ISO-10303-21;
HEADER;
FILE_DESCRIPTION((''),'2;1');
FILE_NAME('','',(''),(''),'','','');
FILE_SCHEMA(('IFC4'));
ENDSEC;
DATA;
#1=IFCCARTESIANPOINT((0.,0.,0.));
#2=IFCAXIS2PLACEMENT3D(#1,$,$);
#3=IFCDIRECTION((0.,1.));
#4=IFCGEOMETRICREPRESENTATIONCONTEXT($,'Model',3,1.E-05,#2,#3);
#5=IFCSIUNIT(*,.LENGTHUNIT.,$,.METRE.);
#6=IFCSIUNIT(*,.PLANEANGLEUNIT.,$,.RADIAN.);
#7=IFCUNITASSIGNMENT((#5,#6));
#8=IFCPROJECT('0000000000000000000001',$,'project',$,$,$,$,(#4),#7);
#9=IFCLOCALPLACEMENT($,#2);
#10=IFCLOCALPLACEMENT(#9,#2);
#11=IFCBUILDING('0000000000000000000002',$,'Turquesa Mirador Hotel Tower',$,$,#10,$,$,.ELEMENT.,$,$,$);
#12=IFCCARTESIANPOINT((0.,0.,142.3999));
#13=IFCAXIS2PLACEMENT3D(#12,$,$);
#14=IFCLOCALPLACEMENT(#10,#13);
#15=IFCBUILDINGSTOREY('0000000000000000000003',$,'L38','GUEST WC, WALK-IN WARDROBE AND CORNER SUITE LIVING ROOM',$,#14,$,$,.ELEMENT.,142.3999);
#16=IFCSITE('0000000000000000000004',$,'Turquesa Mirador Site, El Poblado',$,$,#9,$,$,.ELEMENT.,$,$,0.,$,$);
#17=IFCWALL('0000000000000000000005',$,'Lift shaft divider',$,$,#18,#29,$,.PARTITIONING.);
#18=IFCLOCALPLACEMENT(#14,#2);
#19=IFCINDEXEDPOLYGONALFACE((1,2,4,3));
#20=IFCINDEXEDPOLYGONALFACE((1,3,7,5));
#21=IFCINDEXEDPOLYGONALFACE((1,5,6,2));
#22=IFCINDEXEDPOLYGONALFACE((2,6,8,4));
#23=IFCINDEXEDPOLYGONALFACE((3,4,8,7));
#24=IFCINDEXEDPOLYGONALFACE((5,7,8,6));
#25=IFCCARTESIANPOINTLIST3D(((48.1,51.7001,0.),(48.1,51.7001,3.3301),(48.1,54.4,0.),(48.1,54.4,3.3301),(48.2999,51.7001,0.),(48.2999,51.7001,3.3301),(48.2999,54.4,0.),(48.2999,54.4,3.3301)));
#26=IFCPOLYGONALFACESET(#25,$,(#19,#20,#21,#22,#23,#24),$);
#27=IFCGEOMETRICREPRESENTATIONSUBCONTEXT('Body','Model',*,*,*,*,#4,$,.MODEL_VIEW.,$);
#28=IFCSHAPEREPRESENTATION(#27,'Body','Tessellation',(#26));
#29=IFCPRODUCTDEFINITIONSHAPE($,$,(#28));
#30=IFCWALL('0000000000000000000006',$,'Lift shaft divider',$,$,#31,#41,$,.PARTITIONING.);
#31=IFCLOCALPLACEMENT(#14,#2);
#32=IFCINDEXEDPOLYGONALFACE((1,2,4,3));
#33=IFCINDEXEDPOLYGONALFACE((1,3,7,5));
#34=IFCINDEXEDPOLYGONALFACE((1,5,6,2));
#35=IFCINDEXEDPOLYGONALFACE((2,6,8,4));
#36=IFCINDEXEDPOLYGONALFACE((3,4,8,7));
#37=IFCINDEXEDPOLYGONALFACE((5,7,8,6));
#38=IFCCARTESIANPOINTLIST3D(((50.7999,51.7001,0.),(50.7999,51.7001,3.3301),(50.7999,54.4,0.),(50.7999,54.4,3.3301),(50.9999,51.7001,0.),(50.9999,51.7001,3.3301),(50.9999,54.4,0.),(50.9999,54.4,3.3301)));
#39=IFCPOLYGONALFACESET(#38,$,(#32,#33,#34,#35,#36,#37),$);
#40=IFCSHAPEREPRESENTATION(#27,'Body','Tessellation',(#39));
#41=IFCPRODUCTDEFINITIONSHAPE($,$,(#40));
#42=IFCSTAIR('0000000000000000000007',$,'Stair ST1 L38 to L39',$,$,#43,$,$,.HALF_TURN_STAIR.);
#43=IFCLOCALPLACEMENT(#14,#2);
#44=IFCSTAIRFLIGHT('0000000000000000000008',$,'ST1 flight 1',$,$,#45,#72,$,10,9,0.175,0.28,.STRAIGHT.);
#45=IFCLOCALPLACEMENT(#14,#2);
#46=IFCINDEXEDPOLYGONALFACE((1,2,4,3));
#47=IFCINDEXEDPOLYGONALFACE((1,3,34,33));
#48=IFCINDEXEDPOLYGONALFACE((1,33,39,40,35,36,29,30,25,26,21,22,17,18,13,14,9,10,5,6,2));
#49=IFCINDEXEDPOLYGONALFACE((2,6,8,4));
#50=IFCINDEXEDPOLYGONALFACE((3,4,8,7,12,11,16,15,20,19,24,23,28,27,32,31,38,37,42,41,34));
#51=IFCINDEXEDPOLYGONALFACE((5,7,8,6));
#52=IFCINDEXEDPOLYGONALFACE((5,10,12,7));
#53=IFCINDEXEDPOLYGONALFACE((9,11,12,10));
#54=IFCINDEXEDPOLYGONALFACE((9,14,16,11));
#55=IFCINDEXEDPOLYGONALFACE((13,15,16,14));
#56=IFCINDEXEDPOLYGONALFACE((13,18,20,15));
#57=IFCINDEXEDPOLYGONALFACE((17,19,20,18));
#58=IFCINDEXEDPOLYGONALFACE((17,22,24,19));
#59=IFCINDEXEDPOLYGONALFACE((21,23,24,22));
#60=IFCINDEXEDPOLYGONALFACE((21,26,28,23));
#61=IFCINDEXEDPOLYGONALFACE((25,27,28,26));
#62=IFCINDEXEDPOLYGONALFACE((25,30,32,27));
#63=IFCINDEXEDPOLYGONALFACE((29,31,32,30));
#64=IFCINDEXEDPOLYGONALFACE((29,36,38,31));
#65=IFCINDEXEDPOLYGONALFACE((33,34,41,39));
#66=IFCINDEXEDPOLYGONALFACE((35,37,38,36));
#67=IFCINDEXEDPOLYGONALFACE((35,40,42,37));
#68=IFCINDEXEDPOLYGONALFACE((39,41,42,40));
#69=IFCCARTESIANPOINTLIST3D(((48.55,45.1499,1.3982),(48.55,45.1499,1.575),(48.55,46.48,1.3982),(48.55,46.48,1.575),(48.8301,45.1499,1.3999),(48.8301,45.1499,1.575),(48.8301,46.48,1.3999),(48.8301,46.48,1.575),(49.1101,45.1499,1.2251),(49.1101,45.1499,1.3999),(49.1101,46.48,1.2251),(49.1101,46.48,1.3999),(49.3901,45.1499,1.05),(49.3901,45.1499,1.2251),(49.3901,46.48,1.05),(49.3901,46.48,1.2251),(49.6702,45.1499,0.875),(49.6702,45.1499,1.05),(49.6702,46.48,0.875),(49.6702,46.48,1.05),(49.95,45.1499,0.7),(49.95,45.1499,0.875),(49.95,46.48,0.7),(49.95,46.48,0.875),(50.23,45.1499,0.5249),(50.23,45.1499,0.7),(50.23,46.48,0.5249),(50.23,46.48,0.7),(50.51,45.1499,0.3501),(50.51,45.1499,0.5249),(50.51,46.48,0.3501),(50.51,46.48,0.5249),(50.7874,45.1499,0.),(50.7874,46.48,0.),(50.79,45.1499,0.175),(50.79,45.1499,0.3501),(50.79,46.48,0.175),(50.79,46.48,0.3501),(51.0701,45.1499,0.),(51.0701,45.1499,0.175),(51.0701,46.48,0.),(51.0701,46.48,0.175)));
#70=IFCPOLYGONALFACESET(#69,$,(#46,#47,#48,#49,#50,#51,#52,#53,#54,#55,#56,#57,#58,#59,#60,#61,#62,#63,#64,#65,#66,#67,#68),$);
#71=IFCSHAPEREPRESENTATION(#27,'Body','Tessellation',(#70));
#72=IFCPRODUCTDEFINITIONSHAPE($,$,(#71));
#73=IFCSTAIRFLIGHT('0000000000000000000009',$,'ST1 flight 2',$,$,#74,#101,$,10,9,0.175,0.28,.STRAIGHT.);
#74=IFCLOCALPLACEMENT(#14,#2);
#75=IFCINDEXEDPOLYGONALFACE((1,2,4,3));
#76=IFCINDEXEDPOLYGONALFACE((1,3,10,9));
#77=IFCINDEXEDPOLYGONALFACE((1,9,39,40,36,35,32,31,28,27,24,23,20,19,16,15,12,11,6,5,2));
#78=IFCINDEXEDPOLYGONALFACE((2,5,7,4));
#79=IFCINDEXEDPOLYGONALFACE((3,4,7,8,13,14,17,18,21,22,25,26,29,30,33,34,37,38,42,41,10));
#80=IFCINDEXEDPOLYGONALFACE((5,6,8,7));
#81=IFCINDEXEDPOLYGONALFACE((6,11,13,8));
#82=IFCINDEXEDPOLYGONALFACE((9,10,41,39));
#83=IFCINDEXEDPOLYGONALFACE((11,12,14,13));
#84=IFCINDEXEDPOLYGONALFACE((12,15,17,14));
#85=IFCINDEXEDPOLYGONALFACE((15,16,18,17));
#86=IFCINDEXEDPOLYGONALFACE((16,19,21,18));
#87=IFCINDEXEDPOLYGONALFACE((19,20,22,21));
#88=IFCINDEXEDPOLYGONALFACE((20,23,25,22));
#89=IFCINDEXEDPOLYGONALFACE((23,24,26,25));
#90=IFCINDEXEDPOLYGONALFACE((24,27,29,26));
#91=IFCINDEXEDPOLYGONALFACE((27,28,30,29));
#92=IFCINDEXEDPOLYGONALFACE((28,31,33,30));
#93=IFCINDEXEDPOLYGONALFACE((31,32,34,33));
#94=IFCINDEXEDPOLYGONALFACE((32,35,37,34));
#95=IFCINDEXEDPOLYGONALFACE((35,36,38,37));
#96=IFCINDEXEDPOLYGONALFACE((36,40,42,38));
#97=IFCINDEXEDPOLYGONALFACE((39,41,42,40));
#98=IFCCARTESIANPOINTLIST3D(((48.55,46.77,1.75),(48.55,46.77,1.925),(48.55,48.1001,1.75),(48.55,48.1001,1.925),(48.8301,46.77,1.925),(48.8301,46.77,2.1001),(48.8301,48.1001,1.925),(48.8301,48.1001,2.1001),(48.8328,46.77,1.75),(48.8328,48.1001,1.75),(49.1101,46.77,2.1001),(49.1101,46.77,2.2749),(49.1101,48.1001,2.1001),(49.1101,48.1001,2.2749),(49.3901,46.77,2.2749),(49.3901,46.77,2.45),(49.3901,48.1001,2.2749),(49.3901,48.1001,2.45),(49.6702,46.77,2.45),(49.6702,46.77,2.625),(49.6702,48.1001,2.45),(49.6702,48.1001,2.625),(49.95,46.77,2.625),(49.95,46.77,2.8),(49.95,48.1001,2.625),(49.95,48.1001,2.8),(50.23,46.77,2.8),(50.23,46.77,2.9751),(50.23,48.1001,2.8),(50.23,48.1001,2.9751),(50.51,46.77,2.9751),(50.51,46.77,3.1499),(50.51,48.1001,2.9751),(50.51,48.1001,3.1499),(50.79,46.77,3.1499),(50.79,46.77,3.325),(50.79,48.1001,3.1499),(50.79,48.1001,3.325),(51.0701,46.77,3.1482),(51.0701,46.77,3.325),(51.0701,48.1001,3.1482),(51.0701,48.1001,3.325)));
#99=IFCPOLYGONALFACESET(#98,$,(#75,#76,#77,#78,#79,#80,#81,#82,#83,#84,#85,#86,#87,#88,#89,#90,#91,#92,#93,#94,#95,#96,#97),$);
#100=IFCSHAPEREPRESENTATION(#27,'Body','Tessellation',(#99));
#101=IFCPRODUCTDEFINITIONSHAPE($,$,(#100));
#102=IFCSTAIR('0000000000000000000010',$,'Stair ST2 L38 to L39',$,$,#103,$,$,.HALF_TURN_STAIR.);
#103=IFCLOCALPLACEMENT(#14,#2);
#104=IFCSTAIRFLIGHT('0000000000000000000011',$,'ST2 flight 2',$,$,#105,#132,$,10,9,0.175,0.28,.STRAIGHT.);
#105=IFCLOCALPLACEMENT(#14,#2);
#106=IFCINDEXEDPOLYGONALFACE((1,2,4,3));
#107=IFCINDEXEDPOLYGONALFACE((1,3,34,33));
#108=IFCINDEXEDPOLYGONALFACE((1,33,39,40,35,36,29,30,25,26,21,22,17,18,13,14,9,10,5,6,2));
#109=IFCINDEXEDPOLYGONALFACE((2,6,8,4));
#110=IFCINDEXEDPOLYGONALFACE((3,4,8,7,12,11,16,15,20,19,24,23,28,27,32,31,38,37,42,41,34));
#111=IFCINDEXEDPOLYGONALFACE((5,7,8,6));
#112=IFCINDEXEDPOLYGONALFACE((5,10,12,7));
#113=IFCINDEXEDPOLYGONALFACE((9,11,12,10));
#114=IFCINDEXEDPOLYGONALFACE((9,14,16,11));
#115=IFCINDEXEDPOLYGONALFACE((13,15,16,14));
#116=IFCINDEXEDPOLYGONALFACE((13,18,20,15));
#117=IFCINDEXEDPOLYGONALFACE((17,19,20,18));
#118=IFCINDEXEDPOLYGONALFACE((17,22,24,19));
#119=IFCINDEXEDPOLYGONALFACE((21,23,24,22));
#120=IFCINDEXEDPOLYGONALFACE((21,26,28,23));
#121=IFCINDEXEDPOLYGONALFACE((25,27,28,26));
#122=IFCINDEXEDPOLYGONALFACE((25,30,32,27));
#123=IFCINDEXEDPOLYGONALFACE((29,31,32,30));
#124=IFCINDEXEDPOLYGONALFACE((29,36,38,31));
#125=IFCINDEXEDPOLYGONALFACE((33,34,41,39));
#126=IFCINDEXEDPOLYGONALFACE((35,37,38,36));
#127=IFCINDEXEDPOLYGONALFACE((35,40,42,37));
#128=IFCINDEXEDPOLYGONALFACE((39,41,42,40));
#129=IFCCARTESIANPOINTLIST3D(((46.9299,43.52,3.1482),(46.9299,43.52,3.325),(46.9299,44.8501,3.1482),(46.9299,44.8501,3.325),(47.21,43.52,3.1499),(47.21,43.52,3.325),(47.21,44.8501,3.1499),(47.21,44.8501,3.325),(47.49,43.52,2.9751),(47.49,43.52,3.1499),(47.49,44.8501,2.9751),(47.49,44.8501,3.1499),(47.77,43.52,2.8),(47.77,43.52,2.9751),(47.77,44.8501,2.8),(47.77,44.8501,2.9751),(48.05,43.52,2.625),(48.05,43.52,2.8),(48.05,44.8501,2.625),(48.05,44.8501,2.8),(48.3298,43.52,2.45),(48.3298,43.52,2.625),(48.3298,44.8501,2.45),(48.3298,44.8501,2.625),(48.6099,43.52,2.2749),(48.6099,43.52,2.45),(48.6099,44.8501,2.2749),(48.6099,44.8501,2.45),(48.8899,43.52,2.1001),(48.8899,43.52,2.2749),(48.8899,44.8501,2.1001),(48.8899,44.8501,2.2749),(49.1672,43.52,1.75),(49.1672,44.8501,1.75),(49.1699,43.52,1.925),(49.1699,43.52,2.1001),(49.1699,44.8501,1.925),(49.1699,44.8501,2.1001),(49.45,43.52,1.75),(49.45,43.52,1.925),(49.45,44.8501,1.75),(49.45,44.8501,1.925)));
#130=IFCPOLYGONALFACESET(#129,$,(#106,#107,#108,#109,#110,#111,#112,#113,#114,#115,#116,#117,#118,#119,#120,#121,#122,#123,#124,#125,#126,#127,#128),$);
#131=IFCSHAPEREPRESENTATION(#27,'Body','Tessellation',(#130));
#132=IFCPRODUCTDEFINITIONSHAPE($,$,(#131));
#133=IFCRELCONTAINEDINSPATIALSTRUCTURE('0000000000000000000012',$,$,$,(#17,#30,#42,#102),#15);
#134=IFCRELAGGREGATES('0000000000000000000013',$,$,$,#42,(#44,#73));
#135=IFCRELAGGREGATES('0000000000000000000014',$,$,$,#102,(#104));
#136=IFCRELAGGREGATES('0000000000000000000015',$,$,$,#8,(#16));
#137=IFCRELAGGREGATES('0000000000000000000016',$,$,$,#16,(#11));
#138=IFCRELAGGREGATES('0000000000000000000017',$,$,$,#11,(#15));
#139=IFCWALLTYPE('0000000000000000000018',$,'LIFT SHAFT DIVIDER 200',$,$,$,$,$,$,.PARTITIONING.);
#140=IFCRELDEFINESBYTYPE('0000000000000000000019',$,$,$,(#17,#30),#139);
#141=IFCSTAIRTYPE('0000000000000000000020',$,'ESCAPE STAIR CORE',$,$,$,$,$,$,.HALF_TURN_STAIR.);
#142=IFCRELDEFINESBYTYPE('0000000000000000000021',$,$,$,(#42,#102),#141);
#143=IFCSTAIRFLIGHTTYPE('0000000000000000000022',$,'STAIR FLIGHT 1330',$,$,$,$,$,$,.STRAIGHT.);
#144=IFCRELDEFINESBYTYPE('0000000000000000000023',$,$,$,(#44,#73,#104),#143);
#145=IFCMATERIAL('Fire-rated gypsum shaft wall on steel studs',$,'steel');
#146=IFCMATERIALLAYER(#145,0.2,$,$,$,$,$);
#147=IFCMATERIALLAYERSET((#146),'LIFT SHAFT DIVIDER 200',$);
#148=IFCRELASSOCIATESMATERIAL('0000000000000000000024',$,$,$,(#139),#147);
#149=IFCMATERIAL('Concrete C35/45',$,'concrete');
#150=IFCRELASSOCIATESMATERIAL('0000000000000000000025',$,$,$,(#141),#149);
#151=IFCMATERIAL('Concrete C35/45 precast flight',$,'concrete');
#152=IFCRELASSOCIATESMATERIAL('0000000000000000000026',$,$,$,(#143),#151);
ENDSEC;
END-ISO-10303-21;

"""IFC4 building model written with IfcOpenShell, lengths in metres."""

from ifc_helpers import new_model, si_unit, direction, frame, frame_2d, origin, place, context, subcontext, project, spatial, polyline, rectangle, outline, extrude, material, layer, layer_set, type_object, element, aggregate, save


model = new_model("IFC4")

# Units and contexts
model_context = context("Model", 3, precision=1e-05, world=origin(), true_north=direction((0.0, 1.0)))
body_context = subcontext(model_context, "Body", "Model", "MODEL_VIEW")
ifc_project = project(units=[si_unit("LENGTHUNIT", "METRE"), si_unit("PLANEANGLEUNIT", "RADIAN")], contexts=[model_context])

# Site, building, storey
site_placement = place(None, origin())
site = spatial("IfcSite", under=ifc_project, at=site_placement, Name="Turquesa Mirador Site, El Poblado", CompositionType="ELEMENT", RefElevation=0.0)
building_placement = place(site_placement, origin())
building = spatial("IfcBuilding", under=site, at=building_placement, Name="Turquesa Mirador Hotel Tower", CompositionType="ELEMENT")
storey_placement = place(building_placement, frame((0.0, 0.0, 142.3999)))
storey = spatial("IfcBuildingStorey", under=building, at=storey_placement, Name="L38", Description="GUEST WC, WALK-IN WARDROBE AND CORNER SUITE LIVING ROOM", CompositionType="ELEMENT", Elevation=142.3999)

# Walls
ifc_material_1 = material(Name="Fire-rated gypsum shaft wall on steel studs", Category="steel")
ifc_layer_1 = layer(ifc_material_1, 0.2)
ifc_layer_set_1 = layer_set([ifc_layer_1], Name="LIFT SHAFT DIVIDER 200")
wall_type_1 = type_object("IfcWallType", Name="LIFT SHAFT DIVIDER 200", PredefinedType="PARTITIONING", material=ifc_layer_set_1)
for number, where, z_axis, x_axis, name in (
    (1, (48.2, 51.7, 0.0), (0.0, 0.0, 1.0), (0.0, 1.0, 0.0), "Lift shaft divider"),
    (2, (50.8999, 51.7, 0.0), (0.0, 0.0, 1.0), (0.0, 1.0, 0.0), "Lift shaft divider"),
):
    element("IfcWall", number, at=place(storey_placement, frame(where, z_axis=z_axis, x_axis=x_axis)), inside=storey, type_object=wall_type_1, Name=name, PredefinedType="PARTITIONING", context=body_context, shape_type="SweptSolid", body=[
        extrude(rectangle(XDim=2.7, YDim=0.2, at=frame_2d((1.3501, 0.0))), origin(), (0.0, 0.0, 1.0), 3.3301),
    ])

# Stair, stair flights
ifc_material_2 = material(Name="Concrete C35/45", Category="concrete")
stair_type = type_object("IfcStairType", Name="ESCAPE STAIR CORE", PredefinedType="HALF_TURN_STAIR", material=ifc_material_2)
stair_1_placement = place(storey_placement, origin())
stair_1 = element("IfcStair", 3, at=stair_1_placement, inside=storey, type_object=stair_type, Name="Stair ST1 L38 to L39", PredefinedType="HALF_TURN_STAIR")
ifc_material_3 = material(Name="Concrete C35/45 precast flight", Category="concrete")
stair_flight_type = type_object("IfcStairFlightType", Name="STAIR FLIGHT 1330", PredefinedType="STRAIGHT", material=ifc_material_3)
stair_flight_1_placement = place(storey_placement, frame((51.0701, 45.8149, 0.0), z_axis=(0.0, 0.0, 1.0), x_axis=(-1.0, 0.0, 0.0)))
stair_flight_1 = element("IfcStairFlight", 4, at=stair_flight_1_placement, type_object=stair_flight_type, Name="ST1 flight 1", NumberOfRisers=10, NumberOfTreads=9, PredefinedType="STRAIGHT", RiserHeight=0.175, TreadLength=0.28, context=body_context, shape_type="SweptSolid", body=[
    extrude(outline(polyline([(0.0, 0.0), (0.0, 0.175), (0.28, 0.175), (0.28, 0.3501), (0.5601, 0.3501), (0.5601, 0.5249), (0.8401, 0.5249), (0.8401, 0.7), (1.1201, 0.7), (1.1201, 0.875), (1.3999, 0.875), (1.3999, 1.05), (1.6799, 1.05), (1.6799, 1.2251), (1.96, 1.2251), (1.96, 1.3999), (2.24, 1.3999), (2.24, 1.575), (2.52, 1.575), (2.52, 1.75), (2.52, 1.3982), (0.2827, 0.0), (0.0, 0.0)])), frame((0.0, 0.665, 0.0), z_axis=(0.0, -1.0, 0.0), x_axis=(1.0, 0.0, 0.0)), (0.0, 0.0, 1.0), 1.3301),
])
stair_flight_2_placement = place(storey_placement, frame((48.55, 47.4351, 1.75), z_axis=(0.0, 0.0, 1.0), x_axis=(1.0, 0.0, 0.0)))
stair_flight_2 = element("IfcStairFlight", 5, at=stair_flight_2_placement, type_object=stair_flight_type, Name="ST1 flight 2", NumberOfRisers=10, NumberOfTreads=9, PredefinedType="STRAIGHT", RiserHeight=0.175, TreadLength=0.28, context=body_context, shape_type="SweptSolid", body=[
    extrude(outline(polyline([(0.0, 0.0), (0.0, 0.175), (0.28, 0.175), (0.28, 0.3501), (0.5601, 0.3501), (0.5601, 0.5249), (0.8401, 0.5249), (0.8401, 0.7), (1.1201, 0.7), (1.1201, 0.875), (1.3999, 0.875), (1.3999, 1.05), (1.6799, 1.05), (1.6799, 1.2251), (1.96, 1.2251), (1.96, 1.3999), (2.24, 1.3999), (2.24, 1.575), (2.52, 1.575), (2.52, 1.75), (2.52, 1.3982), (0.2827, 0.0), (0.0, 0.0)])), frame((0.0, 0.665, 0.0), z_axis=(0.0, -1.0, 0.0), x_axis=(1.0, 0.0, 0.0)), (0.0, 0.0, 1.0), 1.3301),
])
aggregate(stair_1, [stair_flight_1, stair_flight_2])

# Stair, stair flight
stair_2_placement = place(storey_placement, origin())
stair_2 = element("IfcStair", 6, at=stair_2_placement, inside=storey, type_object=stair_type, Name="Stair ST2 L38 to L39", PredefinedType="HALF_TURN_STAIR")
stair_flight_3_placement = place(storey_placement, frame((49.45, 44.1851, 1.75), z_axis=(0.0, 0.0, 1.0), x_axis=(-1.0, 0.0, 0.0)))
stair_flight_3 = element("IfcStairFlight", 7, at=stair_flight_3_placement, type_object=stair_flight_type, Name="ST2 flight 2", NumberOfRisers=10, NumberOfTreads=9, PredefinedType="STRAIGHT", RiserHeight=0.175, TreadLength=0.28, context=body_context, shape_type="SweptSolid", body=[
    extrude(outline(polyline([(0.0, 0.0), (0.0, 0.175), (0.28, 0.175), (0.28, 0.3501), (0.5601, 0.3501), (0.5601, 0.5249), (0.8401, 0.5249), (0.8401, 0.7), (1.1201, 0.7), (1.1201, 0.875), (1.3999, 0.875), (1.3999, 1.05), (1.6799, 1.05), (1.6799, 1.2251), (1.96, 1.2251), (1.96, 1.3999), (2.24, 1.3999), (2.24, 1.575), (2.52, 1.575), (2.52, 1.75), (2.52, 1.3982), (0.2827, 0.0), (0.0, 0.0)])), frame((0.0, 0.665, 0.0), z_axis=(0.0, -1.0, 0.0), x_axis=(1.0, 0.0, 0.0)), (0.0, 0.0, 1.0), 1.3301),
])
aggregate(stair_2, [stair_flight_3])

save(model, "model.ifc")
